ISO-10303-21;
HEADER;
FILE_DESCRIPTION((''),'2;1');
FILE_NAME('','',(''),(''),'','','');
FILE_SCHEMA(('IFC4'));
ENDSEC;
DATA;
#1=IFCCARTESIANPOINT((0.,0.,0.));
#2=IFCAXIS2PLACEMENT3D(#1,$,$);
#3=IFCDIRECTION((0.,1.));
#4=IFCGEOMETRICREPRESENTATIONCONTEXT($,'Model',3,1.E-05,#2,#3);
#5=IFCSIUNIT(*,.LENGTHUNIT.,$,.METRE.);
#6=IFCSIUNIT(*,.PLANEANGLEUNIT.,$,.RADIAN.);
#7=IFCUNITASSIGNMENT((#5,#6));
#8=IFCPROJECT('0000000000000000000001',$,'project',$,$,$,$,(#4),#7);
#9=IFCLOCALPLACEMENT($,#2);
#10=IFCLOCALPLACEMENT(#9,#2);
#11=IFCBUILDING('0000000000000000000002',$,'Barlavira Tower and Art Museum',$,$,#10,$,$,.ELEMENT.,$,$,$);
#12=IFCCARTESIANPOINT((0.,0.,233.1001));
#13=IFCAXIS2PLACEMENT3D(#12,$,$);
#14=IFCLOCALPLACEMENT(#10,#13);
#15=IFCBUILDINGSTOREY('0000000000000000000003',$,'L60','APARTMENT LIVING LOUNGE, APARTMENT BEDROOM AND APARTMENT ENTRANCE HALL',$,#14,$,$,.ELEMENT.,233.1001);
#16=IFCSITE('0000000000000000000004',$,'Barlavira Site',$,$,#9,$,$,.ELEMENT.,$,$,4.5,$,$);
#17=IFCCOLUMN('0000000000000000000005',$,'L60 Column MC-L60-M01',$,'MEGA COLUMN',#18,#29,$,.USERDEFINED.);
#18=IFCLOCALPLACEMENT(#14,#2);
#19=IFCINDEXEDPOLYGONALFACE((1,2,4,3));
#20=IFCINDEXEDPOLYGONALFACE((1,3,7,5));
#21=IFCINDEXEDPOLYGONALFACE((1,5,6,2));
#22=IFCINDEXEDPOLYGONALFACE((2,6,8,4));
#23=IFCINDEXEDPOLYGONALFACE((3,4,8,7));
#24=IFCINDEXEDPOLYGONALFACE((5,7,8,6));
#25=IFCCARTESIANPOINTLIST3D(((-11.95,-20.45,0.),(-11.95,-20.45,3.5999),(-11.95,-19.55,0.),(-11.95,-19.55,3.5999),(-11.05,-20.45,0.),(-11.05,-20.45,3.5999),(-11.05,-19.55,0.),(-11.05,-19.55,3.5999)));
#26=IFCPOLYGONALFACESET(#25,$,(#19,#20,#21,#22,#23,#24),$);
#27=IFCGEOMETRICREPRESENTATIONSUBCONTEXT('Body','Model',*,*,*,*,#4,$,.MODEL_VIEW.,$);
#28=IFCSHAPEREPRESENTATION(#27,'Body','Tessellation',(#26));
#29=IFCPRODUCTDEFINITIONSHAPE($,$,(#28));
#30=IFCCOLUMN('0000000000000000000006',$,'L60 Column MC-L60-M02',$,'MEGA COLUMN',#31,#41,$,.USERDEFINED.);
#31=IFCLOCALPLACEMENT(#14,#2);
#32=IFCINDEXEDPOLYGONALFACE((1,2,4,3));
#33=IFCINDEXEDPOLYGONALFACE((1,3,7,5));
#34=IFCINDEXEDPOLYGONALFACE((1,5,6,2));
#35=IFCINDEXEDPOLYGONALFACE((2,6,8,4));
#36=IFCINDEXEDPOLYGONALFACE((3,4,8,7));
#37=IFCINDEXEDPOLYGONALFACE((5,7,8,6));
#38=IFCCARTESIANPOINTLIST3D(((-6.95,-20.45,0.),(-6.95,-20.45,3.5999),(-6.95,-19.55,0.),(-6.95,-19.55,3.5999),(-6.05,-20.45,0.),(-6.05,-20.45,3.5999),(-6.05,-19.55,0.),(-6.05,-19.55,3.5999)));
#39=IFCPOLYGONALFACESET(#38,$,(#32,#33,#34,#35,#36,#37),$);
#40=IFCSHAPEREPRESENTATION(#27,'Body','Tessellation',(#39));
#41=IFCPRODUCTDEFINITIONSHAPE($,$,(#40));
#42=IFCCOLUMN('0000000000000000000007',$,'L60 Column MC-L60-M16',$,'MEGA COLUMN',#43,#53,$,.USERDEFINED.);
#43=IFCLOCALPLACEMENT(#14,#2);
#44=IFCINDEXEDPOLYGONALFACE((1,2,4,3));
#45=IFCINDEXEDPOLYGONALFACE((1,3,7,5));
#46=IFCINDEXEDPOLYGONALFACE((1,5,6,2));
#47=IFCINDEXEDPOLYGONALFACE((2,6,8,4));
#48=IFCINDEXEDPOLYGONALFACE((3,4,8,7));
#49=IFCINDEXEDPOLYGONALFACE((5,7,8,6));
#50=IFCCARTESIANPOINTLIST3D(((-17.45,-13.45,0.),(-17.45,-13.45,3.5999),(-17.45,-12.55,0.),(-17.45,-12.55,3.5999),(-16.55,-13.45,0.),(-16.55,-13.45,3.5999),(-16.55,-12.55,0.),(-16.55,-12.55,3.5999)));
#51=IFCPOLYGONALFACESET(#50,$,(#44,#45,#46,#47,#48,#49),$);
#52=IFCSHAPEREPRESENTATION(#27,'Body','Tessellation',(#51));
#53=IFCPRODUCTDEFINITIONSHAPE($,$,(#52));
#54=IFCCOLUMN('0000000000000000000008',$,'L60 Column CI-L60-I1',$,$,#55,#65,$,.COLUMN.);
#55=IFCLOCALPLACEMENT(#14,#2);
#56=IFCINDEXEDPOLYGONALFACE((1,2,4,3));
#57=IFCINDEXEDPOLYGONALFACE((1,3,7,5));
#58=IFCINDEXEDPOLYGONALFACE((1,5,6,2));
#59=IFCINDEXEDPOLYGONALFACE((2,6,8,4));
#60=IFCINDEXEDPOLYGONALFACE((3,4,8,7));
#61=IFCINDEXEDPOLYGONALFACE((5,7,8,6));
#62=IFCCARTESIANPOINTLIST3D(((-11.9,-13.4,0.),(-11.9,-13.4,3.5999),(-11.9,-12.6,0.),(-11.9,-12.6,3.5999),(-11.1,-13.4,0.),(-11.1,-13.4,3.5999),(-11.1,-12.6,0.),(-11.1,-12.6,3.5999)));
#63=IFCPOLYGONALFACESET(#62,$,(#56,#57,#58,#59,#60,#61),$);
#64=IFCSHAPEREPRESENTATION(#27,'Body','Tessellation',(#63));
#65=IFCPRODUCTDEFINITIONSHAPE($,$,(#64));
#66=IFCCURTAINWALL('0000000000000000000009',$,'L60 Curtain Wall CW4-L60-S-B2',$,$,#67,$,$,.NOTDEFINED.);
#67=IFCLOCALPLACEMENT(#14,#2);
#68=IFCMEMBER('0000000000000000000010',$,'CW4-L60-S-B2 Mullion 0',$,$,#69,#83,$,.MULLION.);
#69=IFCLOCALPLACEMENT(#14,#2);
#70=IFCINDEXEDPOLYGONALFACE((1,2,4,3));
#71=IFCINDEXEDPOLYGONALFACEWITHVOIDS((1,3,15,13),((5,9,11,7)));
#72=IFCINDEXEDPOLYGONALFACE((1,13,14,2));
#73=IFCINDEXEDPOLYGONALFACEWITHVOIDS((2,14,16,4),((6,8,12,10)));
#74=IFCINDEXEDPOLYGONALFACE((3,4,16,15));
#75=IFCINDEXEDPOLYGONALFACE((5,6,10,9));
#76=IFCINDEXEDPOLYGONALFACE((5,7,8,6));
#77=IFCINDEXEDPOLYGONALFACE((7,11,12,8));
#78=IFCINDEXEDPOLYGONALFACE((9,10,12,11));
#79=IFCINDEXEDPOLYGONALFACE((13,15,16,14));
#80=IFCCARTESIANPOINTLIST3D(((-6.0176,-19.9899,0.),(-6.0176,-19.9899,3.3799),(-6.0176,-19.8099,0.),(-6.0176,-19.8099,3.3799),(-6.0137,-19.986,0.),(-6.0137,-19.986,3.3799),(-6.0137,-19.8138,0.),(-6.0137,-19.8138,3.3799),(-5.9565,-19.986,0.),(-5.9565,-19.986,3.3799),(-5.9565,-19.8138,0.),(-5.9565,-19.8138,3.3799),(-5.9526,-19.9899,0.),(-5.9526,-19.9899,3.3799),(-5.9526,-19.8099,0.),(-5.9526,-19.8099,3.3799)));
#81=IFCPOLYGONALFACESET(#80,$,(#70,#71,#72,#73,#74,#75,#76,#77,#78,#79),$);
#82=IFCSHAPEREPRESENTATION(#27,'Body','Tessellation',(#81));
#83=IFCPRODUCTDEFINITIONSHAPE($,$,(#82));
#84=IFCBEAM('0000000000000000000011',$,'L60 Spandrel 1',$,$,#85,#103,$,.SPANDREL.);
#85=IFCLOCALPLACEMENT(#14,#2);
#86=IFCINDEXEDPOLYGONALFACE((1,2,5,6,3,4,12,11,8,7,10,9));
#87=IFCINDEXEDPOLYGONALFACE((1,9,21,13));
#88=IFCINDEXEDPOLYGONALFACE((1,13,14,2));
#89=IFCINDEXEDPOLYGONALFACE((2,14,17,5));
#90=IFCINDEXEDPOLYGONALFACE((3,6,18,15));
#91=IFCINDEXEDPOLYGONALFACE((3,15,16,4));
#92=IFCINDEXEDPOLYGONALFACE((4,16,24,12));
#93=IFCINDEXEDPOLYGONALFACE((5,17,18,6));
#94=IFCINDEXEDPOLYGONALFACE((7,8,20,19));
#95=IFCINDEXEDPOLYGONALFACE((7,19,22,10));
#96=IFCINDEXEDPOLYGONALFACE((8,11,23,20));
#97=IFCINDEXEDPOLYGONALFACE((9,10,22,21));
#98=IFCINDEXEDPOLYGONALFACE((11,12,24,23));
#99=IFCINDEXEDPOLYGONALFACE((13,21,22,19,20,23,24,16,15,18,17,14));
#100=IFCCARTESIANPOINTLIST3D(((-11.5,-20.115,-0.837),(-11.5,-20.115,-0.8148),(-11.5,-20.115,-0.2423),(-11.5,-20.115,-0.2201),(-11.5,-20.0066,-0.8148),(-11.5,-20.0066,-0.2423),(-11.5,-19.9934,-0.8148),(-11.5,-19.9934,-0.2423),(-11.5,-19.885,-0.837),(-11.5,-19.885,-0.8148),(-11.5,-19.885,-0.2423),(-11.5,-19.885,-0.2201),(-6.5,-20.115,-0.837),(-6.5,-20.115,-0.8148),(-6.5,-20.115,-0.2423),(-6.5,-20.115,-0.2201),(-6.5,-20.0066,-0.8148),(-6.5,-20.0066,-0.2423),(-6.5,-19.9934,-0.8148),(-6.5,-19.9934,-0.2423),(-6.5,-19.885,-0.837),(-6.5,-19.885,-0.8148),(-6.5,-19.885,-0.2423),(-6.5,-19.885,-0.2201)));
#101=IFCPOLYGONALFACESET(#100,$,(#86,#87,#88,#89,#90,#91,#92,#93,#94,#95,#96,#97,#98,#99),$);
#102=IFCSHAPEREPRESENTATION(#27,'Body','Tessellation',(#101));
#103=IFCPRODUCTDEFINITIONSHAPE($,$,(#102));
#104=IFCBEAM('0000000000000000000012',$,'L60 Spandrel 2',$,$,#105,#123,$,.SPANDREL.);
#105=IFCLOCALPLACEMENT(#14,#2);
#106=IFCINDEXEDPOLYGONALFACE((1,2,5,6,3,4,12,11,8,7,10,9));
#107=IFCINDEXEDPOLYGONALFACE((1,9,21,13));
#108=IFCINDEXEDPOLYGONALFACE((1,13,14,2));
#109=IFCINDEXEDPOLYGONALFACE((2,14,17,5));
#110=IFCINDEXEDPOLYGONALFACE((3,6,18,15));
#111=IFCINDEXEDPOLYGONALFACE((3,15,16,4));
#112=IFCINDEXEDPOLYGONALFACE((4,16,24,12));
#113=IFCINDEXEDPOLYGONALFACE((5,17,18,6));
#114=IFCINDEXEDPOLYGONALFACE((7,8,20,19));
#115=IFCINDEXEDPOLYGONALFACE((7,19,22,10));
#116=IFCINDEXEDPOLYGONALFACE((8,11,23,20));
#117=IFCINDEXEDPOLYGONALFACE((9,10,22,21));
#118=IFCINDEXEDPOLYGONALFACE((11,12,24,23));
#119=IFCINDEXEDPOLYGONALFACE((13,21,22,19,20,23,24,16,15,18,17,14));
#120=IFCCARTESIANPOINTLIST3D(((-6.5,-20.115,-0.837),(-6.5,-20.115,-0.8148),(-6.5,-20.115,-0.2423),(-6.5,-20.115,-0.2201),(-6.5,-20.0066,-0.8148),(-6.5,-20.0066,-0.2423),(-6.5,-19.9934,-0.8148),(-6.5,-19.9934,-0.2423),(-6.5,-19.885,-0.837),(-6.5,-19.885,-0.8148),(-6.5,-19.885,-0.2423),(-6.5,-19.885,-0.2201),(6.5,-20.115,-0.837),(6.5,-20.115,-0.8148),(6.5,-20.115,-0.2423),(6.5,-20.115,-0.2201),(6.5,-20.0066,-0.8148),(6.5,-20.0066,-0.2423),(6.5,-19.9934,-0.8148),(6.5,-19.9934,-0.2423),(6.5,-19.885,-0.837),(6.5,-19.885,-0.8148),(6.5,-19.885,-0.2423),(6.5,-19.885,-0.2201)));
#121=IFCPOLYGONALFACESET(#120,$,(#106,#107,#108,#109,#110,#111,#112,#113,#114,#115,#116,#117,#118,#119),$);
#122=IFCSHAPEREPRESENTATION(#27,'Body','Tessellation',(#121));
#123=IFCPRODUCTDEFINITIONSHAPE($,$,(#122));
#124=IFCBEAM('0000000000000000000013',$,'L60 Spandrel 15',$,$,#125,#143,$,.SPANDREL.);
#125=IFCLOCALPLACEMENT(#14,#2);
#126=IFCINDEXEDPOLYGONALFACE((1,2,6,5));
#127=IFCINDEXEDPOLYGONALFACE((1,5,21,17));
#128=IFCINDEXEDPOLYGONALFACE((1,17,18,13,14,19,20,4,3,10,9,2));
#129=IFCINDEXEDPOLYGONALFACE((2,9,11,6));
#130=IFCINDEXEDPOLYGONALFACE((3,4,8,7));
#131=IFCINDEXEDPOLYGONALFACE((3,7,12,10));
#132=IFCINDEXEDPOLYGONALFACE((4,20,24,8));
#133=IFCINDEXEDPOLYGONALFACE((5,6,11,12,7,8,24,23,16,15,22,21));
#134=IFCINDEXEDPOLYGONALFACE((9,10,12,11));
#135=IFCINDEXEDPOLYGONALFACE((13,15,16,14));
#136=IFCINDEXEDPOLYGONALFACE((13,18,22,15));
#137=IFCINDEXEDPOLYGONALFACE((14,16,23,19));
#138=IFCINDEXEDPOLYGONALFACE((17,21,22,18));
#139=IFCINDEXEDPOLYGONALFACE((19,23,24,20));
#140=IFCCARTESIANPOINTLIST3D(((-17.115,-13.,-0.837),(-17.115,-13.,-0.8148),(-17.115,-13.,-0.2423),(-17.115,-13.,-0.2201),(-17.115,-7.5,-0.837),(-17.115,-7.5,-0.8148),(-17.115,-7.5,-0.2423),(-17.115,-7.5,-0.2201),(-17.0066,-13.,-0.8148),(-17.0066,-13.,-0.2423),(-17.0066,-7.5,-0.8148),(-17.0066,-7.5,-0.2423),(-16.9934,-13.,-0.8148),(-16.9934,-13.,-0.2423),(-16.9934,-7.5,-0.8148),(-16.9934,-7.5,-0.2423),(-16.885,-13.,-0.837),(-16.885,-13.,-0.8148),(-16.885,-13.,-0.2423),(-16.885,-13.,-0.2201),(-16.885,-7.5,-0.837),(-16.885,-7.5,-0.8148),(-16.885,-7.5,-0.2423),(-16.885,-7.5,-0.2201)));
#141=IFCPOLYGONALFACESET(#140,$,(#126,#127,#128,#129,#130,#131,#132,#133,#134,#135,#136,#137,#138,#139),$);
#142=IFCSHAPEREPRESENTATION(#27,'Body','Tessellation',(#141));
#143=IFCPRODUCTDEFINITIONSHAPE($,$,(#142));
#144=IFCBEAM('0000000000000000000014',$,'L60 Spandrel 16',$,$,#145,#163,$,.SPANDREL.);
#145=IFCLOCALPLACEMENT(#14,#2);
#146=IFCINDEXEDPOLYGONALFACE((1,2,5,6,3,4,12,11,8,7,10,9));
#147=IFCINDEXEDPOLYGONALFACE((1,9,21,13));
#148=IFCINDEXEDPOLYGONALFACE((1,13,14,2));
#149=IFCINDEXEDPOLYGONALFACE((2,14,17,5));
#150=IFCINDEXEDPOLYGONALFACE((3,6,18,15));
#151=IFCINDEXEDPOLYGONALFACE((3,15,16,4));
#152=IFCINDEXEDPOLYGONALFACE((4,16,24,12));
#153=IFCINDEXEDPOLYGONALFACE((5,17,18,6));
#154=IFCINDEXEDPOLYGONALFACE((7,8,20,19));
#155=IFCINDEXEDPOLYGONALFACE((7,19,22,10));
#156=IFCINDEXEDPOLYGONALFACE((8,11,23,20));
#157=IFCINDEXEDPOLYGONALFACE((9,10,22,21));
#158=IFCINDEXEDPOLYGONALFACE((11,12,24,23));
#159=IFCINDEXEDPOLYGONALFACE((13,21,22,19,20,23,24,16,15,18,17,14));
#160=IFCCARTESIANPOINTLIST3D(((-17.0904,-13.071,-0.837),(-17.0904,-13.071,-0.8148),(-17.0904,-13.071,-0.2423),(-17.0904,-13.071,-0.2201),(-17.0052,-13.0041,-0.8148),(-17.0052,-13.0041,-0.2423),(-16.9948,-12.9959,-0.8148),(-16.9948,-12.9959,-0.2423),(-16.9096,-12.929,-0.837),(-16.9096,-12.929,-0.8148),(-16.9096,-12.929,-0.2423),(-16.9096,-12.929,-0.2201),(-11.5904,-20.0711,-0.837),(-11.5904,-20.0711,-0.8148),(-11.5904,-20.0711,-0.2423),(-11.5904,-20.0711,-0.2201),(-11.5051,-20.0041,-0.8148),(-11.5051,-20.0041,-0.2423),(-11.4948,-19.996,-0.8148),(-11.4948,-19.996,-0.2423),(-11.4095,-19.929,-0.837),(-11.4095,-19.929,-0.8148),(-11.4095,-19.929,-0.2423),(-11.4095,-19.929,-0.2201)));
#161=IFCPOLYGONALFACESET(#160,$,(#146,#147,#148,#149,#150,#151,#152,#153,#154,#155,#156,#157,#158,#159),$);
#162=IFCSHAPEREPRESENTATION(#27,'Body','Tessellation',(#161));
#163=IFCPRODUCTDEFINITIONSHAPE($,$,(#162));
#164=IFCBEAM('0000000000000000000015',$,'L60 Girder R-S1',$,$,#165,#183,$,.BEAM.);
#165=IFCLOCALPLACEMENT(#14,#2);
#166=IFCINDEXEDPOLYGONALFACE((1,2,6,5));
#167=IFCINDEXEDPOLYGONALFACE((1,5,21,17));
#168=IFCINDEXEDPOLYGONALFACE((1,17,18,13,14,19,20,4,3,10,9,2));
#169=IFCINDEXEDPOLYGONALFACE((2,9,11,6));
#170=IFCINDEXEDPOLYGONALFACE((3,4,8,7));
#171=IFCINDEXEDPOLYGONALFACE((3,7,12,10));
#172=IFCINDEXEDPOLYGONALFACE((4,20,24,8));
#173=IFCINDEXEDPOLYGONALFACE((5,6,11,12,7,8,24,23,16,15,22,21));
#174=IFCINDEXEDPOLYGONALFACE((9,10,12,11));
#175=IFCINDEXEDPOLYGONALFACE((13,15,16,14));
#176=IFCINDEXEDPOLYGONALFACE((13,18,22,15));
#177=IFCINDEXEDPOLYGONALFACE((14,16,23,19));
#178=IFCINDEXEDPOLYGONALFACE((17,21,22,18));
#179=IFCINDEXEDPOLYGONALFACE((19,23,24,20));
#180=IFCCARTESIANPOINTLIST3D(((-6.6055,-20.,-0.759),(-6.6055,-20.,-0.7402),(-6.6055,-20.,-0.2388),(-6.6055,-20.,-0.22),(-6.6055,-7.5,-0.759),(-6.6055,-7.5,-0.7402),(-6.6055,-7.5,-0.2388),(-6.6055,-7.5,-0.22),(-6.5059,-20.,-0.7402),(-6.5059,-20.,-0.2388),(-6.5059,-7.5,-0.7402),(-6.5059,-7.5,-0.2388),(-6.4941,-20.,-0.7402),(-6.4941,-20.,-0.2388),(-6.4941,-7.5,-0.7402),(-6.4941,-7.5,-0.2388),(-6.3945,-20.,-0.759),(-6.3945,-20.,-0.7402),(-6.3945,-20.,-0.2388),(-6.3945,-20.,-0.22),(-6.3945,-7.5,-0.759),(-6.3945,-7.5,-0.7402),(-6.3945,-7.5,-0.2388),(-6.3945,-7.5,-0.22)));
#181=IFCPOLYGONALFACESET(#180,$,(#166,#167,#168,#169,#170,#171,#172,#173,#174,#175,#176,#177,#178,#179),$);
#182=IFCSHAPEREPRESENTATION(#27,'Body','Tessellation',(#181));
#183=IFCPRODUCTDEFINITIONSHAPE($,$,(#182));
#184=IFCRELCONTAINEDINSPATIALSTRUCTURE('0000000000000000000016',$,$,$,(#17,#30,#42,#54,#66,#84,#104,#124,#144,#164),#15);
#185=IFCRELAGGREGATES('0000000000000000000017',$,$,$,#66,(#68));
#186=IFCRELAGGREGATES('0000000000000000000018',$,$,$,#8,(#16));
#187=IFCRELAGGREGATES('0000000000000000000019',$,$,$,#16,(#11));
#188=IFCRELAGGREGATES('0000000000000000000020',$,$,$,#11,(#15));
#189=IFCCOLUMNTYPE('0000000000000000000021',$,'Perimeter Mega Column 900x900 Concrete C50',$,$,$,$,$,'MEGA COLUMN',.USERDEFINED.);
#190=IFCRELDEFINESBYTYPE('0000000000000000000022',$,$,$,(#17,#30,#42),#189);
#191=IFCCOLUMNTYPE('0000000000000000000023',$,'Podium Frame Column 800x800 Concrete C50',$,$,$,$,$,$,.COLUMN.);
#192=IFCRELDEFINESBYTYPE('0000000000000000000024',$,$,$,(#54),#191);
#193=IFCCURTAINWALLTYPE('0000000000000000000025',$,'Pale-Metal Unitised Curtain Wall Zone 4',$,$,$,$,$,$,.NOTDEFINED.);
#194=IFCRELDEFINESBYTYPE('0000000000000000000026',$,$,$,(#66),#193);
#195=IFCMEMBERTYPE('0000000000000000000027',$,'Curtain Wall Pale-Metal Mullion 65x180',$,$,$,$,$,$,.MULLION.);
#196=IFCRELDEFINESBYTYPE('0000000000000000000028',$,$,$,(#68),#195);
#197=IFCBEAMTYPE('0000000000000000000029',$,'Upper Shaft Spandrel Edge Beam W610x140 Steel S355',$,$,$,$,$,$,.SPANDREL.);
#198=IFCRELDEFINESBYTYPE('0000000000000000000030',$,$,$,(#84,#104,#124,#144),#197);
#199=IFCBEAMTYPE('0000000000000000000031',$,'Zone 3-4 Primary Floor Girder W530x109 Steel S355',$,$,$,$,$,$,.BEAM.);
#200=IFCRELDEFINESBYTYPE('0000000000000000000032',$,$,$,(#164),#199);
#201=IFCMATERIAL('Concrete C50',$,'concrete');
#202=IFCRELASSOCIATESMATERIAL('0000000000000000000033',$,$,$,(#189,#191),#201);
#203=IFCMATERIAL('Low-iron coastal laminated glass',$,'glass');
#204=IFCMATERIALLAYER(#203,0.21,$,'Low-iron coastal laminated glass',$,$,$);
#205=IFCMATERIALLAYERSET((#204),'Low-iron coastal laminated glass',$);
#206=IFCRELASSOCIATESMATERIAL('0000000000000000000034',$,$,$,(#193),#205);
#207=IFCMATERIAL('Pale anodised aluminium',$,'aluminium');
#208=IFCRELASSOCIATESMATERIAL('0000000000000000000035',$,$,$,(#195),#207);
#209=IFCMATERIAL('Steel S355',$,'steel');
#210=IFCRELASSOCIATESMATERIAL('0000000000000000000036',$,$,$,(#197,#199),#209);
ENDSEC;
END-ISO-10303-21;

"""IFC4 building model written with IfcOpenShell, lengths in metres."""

from ifc_helpers import new_model, si_unit, direction, frame, origin, origin_2d, place, context, subcontext, project, spatial, rectangle, hollow_rectangle, i_section, extrude, material, layer, layer_set, material_profile, profile_set, type_object, element, aggregate, save


model = new_model("IFC4")

# Units and contexts
model_context = context("Model", 3, precision=1e-05, world=origin(), true_north=direction((0.0, 1.0)))
body_context = subcontext(model_context, "Body", "Model", "MODEL_VIEW")
ifc_project = project(units=[si_unit("LENGTHUNIT", "METRE"), si_unit("PLANEANGLEUNIT", "RADIAN")], contexts=[model_context])

# Site, building, storey
site_placement = place(None, origin())
site = spatial("IfcSite", under=ifc_project, at=site_placement, Name="Barlavira Site", CompositionType="ELEMENT", RefElevation=4.5)
building_placement = place(site_placement, origin())
building = spatial("IfcBuilding", under=site, at=building_placement, Name="Barlavira Tower and Art Museum", CompositionType="ELEMENT")
storey_placement = place(building_placement, frame((0.0, 0.0, 233.1001)))
storey = spatial("IfcBuildingStorey", under=building, at=storey_placement, Name="L60", Description="APARTMENT LIVING LOUNGE, APARTMENT BEDROOM AND APARTMENT ENTRANCE HALL", CompositionType="ELEMENT", Elevation=233.1001)

# Columns
ifc_material_1 = material(Name="Concrete C50", Category="concrete")
ifc_material_profile_1 = material_profile(ifc_material_1, rectangle(XDim=0.8999, YDim=0.8999, at=origin_2d()), Name="RC-COL 900x900")
ifc_profile_set_1 = profile_set([ifc_material_profile_1], Name="Concrete C50")
column_type_1 = type_object("IfcColumnType", Name="Perimeter Mega Column 900x900 Concrete C50", ElementType="MEGA COLUMN", PredefinedType="USERDEFINED", material=ifc_profile_set_1)
for number, where, z_axis, x_axis, name in (
    (1, (-11.5, -20.0, 0.0), (0.0, 0.0, 1.0), (1.0, 0.0, 0.0), "L60 Column MC-L60-M01"),
    (2, (-6.5, -20.0, 0.0), (0.0, 0.0, 1.0), (1.0, 0.0, 0.0), "L60 Column MC-L60-M02"),
    (3, (-17.0, -13.0, 0.0), (0.0, 0.0, 1.0), (1.0, 0.0, 0.0), "L60 Column MC-L60-M16"),
):
    element("IfcColumn", number, at=place(storey_placement, frame(where, z_axis=z_axis, x_axis=x_axis)), inside=storey, type_object=column_type_1, Name=name, ObjectType="MEGA COLUMN", PredefinedType="USERDEFINED", context=body_context, shape_type="SweptSolid", body=[
        extrude(rectangle(XDim=0.8999, YDim=0.8999, at=origin_2d()), origin(), (0.0, 0.0, 1.0), 3.5999),
    ])
ifc_material_profile_2 = material_profile(ifc_material_1, rectangle(XDim=0.8, YDim=0.8, at=origin_2d()), Name="RC-COL 800x800")
ifc_profile_set_2 = profile_set([ifc_material_profile_2], Name="Concrete C50")
column_type_2 = type_object("IfcColumnType", Name="Podium Frame Column 800x800 Concrete C50", PredefinedType="COLUMN", material=ifc_profile_set_2)
column_placement = place(storey_placement, frame((-11.5, -13.0, 0.0), z_axis=(0.0, 0.0, 1.0), x_axis=(1.0, 0.0, 0.0)))
element("IfcColumn", 4, at=column_placement, inside=storey, type_object=column_type_2, Name="L60 Column CI-L60-I1", PredefinedType="COLUMN", context=body_context, shape_type="SweptSolid", body=[
    extrude(rectangle(XDim=0.8, YDim=0.8, at=origin_2d()), origin(), (0.0, 0.0, 1.0), 3.5999),
])

# Curtain wall, member
ifc_material_2 = material(Name="Low-iron coastal laminated glass", Category="glass")
ifc_layer_1 = layer(ifc_material_2, 0.21, Name="Low-iron coastal laminated glass")
ifc_layer_set_1 = layer_set([ifc_layer_1], Name="Low-iron coastal laminated glass")
curtain_wall_type = type_object("IfcCurtainWallType", Name="Pale-Metal Unitised Curtain Wall Zone 4", PredefinedType="NOTDEFINED", material=ifc_layer_set_1)
curtain_wall_placement = place(storey_placement, origin())
curtain_wall = element("IfcCurtainWall", 5, at=curtain_wall_placement, inside=storey, type_object=curtain_wall_type, Name="L60 Curtain Wall CW4-L60-S-B2", PredefinedType="NOTDEFINED")
ifc_material_3 = material(Name="Pale anodised aluminium", Category="aluminium")
ifc_material_profile_3 = material_profile(ifc_material_3, hollow_rectangle(XDim=0.0649, YDim=0.1799, WallThickness=0.0039, at=origin_2d()), Name="ALU-MULL 65x180x4")
ifc_profile_set_3 = profile_set([ifc_material_profile_3], Name="Pale anodised aluminium")
member_type = type_object("IfcMemberType", Name="Curtain Wall Pale-Metal Mullion 65x180", PredefinedType="MULLION", material=ifc_profile_set_3)
member_placement = place(storey_placement, frame((-5.9851, -19.8999, 0.0), z_axis=(0.0, 0.0, 1.0), x_axis=(1.0, 0.0, 0.0)))
member = element("IfcMember", 6, at=member_placement, type_object=member_type, Name="CW4-L60-S-B2 Mullion 0", PredefinedType="MULLION", context=body_context, shape_type="SweptSolid", body=[
    extrude(hollow_rectangle(XDim=0.0649, YDim=0.1799, WallThickness=0.0039, at=origin_2d()), origin(), (0.0, 0.0, 1.0), 3.3799),
])
aggregate(curtain_wall, [member])

# Beams
ifc_material_4 = material(Name="Steel S355", Category="steel")
ifc_material_profile_4 = material_profile(ifc_material_4, i_section(OverallWidth=0.23, OverallDepth=0.6169, WebThickness=0.0132, FlangeThickness=0.0222, at=origin_2d()), Name="W610x140.0")
ifc_profile_set_4 = profile_set([ifc_material_profile_4], Name="Steel S355")
beam_type_1 = type_object("IfcBeamType", Name="Upper Shaft Spandrel Edge Beam W610x140 Steel S355", PredefinedType="SPANDREL", material=ifc_profile_set_4)
beam_1_placement = place(storey_placement, frame((-11.5, -20.0, -0.5286), z_axis=(1.0, 0.0, 0.0), x_axis=(0.0, 1.0, 0.0)))
element("IfcBeam", 7, at=beam_1_placement, inside=storey, type_object=beam_type_1, Name="L60 Spandrel 1", PredefinedType="SPANDREL", context=body_context, shape_type="SweptSolid", body=[
    extrude(i_section(OverallWidth=0.23, OverallDepth=0.6169, WebThickness=0.0132, FlangeThickness=0.0222, at=origin_2d()), origin(), (0.0, 0.0, 1.0), 5.0),
])
beam_2_placement = place(storey_placement, frame((-6.5, -20.0, -0.5286), z_axis=(1.0, 0.0, 0.0), x_axis=(0.0, 1.0, 0.0)))
element("IfcBeam", 8, at=beam_2_placement, inside=storey, type_object=beam_type_1, Name="L60 Spandrel 2", PredefinedType="SPANDREL", context=body_context, shape_type="SweptSolid", body=[
    extrude(i_section(OverallWidth=0.23, OverallDepth=0.6169, WebThickness=0.0132, FlangeThickness=0.0222, at=origin_2d()), origin(), (0.0, 0.0, 1.0), 13.0),
])
beam_3_placement = place(storey_placement, frame((-17.0, -13.0, -0.5286), z_axis=(0.0, 1.0, 0.0), x_axis=(-1.0, 0.0, 0.0)))
element("IfcBeam", 9, at=beam_3_placement, inside=storey, type_object=beam_type_1, Name="L60 Spandrel 15", PredefinedType="SPANDREL", context=body_context, shape_type="SweptSolid", body=[
    extrude(i_section(OverallWidth=0.23, OverallDepth=0.6169, WebThickness=0.0132, FlangeThickness=0.0222, at=origin_2d()), origin(), (0.0, 0.0, 1.0), 5.5),
])
beam_4_placement = place(storey_placement, frame((-17.0, -13.0, -0.5286), z_axis=(0.617822, -0.786318, 0.0), x_axis=(0.786318, 0.617822, 0.0)))
element("IfcBeam", 10, at=beam_4_placement, inside=storey, type_object=beam_type_1, Name="L60 Spandrel 16", PredefinedType="SPANDREL", context=body_context, shape_type="SweptSolid", body=[
    extrude(i_section(OverallWidth=0.23, OverallDepth=0.6169, WebThickness=0.0132, FlangeThickness=0.0222, at=origin_2d()), origin(), (0.0, 0.0, 1.0), 8.9023),
])
ifc_material_profile_5 = material_profile(ifc_material_4, i_section(OverallWidth=0.2109, OverallDepth=0.5391, WebThickness=0.0117, FlangeThickness=0.0188, at=origin_2d()), Name="W530x109.0")
ifc_profile_set_5 = profile_set([ifc_material_profile_5], Name="Steel S355")
beam_type_2 = type_object("IfcBeamType", Name="Zone 3-4 Primary Floor Girder W530x109 Steel S355", PredefinedType="BEAM", material=ifc_profile_set_5)
beam_5_placement = place(storey_placement, frame((-6.5, -20.0, -0.4895), z_axis=(0.0, 1.0, 0.0), x_axis=(-1.0, 0.0, 0.0)))
element("IfcBeam", 11, at=beam_5_placement, inside=storey, type_object=beam_type_2, Name="L60 Girder R-S1", PredefinedType="BEAM", context=body_context, shape_type="SweptSolid", body=[
    extrude(i_section(OverallWidth=0.2109, OverallDepth=0.5391, WebThickness=0.0117, FlangeThickness=0.0188, at=origin_2d()), origin(), (0.0, 0.0, 1.0), 12.5),
])

save(model, "model.ifc")
